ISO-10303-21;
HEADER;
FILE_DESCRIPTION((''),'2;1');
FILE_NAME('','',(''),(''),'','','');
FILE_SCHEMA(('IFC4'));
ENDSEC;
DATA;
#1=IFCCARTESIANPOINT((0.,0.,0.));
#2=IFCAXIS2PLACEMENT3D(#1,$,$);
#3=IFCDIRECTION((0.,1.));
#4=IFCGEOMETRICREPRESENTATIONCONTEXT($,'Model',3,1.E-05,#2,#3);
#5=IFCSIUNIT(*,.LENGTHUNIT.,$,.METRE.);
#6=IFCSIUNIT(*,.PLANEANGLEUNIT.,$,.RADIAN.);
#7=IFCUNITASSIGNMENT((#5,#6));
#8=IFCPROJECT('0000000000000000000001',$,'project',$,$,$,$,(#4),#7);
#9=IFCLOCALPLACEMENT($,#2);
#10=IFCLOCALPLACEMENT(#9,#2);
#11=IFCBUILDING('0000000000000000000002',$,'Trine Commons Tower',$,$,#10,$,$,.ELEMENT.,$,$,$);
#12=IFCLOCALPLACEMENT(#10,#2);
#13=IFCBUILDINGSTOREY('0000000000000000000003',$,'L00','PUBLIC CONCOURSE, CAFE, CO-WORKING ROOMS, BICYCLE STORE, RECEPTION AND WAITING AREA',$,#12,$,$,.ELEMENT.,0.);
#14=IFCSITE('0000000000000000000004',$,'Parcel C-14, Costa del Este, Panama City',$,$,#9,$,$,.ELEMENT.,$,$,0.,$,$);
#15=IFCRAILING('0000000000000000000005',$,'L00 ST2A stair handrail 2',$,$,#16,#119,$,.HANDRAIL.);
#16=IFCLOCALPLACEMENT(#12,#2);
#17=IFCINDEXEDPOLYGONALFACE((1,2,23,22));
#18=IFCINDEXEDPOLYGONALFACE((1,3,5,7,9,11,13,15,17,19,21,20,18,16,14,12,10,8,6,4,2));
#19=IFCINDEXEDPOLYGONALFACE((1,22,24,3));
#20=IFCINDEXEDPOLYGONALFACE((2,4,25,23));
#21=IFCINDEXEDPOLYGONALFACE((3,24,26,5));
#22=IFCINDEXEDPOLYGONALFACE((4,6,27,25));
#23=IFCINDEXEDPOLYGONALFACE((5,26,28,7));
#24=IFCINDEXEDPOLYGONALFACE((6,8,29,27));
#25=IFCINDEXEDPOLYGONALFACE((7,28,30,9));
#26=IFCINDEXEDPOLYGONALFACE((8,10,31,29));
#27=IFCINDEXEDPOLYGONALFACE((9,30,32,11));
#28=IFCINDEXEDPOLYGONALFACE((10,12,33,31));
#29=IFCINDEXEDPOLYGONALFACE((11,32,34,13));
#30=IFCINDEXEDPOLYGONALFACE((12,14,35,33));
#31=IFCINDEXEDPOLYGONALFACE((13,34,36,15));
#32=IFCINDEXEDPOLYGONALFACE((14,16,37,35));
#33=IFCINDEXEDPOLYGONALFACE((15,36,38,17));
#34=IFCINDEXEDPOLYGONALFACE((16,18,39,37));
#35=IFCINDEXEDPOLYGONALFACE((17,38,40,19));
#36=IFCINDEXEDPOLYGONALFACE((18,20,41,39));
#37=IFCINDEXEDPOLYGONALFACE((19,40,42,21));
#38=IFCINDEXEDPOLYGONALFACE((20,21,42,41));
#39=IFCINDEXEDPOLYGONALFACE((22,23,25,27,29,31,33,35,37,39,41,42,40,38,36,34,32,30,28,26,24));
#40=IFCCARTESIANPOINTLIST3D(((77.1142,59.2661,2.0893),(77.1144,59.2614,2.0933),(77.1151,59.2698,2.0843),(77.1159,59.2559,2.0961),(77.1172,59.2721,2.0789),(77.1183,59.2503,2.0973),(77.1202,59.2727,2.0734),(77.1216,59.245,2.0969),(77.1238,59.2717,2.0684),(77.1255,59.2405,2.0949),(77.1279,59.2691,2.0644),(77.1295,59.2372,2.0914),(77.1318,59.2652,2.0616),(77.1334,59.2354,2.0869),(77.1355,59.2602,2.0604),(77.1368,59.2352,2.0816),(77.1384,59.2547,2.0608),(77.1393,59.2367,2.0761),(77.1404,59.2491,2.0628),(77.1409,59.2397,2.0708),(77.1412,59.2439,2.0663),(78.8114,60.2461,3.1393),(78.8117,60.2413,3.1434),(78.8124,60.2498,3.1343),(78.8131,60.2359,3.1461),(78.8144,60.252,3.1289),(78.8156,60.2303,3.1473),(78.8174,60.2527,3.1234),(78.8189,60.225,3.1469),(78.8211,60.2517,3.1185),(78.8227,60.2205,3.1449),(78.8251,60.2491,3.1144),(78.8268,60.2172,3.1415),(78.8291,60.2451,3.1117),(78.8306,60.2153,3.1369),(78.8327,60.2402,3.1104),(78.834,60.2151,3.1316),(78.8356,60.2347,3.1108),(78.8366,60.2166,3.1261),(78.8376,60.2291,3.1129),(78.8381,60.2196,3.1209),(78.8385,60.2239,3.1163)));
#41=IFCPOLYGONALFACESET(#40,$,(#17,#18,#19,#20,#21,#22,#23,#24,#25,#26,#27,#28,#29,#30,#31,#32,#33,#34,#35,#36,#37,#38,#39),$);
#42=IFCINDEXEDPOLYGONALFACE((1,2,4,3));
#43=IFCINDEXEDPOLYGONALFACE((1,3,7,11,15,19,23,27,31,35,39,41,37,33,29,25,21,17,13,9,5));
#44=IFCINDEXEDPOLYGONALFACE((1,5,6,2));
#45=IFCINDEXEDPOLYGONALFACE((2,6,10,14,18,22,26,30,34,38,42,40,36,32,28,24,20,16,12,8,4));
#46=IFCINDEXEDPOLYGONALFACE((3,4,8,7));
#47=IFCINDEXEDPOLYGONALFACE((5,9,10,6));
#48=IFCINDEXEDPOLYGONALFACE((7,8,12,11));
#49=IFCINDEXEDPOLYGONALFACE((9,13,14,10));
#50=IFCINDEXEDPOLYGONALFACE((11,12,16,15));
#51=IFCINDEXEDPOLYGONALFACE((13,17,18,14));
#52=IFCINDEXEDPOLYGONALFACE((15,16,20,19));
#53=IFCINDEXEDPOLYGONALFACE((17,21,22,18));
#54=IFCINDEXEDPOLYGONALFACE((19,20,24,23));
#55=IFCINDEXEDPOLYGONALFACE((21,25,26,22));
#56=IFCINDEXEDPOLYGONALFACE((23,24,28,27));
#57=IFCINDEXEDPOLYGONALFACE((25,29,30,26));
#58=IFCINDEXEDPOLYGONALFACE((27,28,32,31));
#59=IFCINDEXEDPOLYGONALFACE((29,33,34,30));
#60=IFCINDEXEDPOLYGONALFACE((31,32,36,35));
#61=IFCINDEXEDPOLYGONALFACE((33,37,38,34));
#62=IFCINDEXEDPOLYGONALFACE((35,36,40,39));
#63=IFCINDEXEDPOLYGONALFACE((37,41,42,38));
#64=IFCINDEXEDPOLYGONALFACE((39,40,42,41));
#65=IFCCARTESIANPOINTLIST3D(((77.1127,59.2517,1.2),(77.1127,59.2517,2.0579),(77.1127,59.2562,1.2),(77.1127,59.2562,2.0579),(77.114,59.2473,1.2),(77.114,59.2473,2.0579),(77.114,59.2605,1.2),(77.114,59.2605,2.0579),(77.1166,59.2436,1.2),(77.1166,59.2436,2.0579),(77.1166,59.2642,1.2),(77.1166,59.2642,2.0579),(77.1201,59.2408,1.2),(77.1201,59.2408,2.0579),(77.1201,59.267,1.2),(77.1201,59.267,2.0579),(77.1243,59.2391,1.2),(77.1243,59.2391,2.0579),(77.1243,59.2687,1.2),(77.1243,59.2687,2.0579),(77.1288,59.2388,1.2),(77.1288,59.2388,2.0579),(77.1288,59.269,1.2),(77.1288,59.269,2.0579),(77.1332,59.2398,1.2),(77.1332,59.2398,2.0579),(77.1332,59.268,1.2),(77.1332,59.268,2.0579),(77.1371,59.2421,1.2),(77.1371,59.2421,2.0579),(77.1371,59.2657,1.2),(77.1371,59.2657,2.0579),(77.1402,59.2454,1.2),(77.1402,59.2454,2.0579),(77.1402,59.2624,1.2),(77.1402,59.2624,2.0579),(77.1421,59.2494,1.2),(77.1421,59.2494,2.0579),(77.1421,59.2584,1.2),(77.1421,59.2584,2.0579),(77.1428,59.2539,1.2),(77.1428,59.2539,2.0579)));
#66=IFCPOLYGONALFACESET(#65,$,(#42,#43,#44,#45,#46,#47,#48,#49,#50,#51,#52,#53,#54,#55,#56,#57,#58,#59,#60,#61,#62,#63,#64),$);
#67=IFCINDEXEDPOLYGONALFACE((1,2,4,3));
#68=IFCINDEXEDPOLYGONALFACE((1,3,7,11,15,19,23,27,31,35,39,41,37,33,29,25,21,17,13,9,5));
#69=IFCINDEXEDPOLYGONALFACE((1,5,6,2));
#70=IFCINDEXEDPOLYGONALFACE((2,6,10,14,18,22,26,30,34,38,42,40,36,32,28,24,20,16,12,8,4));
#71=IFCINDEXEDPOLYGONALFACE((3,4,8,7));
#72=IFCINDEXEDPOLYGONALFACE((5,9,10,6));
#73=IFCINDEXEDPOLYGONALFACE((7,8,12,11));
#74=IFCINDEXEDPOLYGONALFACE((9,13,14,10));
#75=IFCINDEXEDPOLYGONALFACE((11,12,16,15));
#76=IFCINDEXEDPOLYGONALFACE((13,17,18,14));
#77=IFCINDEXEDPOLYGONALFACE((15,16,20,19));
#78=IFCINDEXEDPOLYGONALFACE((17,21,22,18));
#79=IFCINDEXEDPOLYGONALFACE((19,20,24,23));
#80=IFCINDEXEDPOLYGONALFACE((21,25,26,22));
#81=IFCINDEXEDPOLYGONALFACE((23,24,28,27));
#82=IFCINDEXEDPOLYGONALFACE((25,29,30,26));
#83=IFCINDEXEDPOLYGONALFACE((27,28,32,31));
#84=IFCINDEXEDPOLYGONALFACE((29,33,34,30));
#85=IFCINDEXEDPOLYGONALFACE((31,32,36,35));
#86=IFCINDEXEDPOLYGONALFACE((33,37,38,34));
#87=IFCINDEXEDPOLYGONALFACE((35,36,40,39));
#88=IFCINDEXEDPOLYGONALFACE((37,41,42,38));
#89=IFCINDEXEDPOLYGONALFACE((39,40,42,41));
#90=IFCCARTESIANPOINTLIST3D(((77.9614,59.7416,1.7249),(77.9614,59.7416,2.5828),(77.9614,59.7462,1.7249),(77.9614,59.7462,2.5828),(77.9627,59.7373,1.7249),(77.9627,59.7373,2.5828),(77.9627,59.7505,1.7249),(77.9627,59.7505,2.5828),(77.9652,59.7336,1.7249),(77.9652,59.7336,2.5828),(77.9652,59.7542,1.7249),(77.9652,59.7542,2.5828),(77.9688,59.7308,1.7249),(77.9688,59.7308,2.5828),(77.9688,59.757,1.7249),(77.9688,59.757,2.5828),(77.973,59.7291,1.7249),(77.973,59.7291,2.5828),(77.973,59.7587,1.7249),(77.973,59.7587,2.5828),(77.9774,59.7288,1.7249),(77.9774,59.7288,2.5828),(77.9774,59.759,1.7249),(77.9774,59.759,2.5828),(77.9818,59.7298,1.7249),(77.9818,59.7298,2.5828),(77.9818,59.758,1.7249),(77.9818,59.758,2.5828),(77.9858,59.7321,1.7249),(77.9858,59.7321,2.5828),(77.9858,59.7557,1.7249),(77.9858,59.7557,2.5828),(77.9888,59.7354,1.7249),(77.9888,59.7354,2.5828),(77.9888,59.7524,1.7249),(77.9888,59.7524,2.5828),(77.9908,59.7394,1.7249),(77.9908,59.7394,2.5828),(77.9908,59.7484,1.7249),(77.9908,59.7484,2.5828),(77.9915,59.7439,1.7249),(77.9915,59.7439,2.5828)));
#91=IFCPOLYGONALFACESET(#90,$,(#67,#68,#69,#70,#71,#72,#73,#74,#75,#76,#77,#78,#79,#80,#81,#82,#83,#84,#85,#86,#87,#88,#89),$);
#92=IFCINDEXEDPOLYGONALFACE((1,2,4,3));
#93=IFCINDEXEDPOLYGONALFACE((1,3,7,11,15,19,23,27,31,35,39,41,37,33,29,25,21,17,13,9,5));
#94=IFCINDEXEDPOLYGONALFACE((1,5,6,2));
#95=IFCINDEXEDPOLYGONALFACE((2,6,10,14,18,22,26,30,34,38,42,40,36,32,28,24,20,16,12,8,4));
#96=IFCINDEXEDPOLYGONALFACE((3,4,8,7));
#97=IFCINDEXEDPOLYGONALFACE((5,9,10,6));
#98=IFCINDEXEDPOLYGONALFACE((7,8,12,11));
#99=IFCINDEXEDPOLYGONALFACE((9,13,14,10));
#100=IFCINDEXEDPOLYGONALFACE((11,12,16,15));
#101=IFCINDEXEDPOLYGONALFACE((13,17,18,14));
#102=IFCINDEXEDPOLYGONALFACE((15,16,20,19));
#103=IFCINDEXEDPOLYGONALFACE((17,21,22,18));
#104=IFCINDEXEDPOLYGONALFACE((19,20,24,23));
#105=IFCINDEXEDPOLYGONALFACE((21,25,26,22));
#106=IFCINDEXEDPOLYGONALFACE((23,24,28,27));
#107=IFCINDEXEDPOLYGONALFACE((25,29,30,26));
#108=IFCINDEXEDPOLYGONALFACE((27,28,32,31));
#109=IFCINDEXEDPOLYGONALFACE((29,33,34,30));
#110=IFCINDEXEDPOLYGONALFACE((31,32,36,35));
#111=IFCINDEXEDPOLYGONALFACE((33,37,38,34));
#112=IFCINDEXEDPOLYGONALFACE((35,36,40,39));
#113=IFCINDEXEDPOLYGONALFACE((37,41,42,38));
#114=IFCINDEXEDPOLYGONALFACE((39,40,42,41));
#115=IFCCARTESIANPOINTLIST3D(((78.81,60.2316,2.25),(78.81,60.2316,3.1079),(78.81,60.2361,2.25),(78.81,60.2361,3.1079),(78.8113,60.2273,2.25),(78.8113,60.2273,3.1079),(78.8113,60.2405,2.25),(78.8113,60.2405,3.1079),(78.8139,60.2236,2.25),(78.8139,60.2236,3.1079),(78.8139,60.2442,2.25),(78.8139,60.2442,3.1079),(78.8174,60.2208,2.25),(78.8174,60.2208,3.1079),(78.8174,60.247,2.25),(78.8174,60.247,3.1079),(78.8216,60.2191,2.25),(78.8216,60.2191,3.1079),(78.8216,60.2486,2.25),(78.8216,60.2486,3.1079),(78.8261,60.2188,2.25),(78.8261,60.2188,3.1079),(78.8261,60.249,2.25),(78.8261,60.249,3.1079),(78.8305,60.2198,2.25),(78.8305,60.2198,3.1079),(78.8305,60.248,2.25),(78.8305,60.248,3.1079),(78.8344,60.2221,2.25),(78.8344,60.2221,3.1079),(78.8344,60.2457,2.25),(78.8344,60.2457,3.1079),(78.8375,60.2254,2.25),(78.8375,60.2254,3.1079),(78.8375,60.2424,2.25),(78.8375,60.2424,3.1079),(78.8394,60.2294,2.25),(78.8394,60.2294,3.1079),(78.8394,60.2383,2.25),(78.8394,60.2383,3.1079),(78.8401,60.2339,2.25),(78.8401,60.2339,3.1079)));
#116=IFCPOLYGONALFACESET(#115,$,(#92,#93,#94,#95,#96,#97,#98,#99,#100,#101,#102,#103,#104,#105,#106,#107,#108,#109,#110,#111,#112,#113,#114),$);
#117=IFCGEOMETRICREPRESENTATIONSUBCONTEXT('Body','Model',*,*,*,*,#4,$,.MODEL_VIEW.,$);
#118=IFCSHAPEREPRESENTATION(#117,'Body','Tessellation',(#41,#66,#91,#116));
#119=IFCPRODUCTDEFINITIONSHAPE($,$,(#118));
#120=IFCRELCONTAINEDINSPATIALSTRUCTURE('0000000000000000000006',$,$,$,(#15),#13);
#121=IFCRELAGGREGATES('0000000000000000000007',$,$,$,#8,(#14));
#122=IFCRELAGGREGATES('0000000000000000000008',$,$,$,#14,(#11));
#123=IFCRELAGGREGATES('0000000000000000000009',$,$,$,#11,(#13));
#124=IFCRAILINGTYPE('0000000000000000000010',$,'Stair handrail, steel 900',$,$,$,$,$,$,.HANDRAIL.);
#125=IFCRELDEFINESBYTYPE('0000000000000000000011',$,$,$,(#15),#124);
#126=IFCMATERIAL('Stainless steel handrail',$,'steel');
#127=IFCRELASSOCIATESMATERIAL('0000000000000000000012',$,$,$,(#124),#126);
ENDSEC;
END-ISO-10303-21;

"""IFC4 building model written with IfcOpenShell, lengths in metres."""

from ifc_helpers import new_model, si_unit, direction, frame, origin, origin_2d, place, context, subcontext, project, spatial, circle, extrude, material, type_object, element, save


model = new_model("IFC4")

# Units and contexts
model_context = context("Model", 3, precision=1e-05, world=origin(), true_north=direction((0.0, 1.0)))
body_context = subcontext(model_context, "Body", "Model", "MODEL_VIEW")
ifc_project = project(units=[si_unit("LENGTHUNIT", "METRE"), si_unit("PLANEANGLEUNIT", "RADIAN")], contexts=[model_context])

# Site, building, storey
site_placement = place(None, origin())
site = spatial("IfcSite", under=ifc_project, at=site_placement, Name="Parcel C-14, Costa del Este, Panama City", CompositionType="ELEMENT", RefElevation=0.0)
building_placement = place(site_placement, origin())
building = spatial("IfcBuilding", under=site, at=building_placement, Name="Trine Commons Tower", CompositionType="ELEMENT")
storey_placement = place(building_placement, origin())
storey = spatial("IfcBuildingStorey", under=building, at=storey_placement, Name="L00", Description="PUBLIC CONCOURSE, CAFE, CO-WORKING ROOMS, BICYCLE STORE, RECEPTION AND WAITING AREA", CompositionType="ELEMENT", Elevation=0.0)

# Railing
ifc_material_1 = material(Name="Stainless steel handrail", Category="steel")
railing_type = type_object("IfcRailingType", Name="Stair handrail, steel 900", PredefinedType="HANDRAIL", material=ifc_material_1)
railing_1_placement = place(storey_placement, frame((77.1277, 59.2539, 1.2)))
element("IfcRailing", 1, at=railing_1_placement, inside=storey, type_object=railing_type, Name="L00 ST2A stair handrail 2", PredefinedType="HANDRAIL", context=body_context, shape_type="SweptSolid", body=[
    extrude(circle(Radius=0.021, at=origin_2d()), frame((0.0, 0.0, 0.8789), z_axis=(0.763352, 0.44075, 0.472264), x_axis=(-0.500024, 0.866011, 0.0)), (0.0, 0.0, 1.0), 2.2234),
    extrude(circle(Radius=0.0151, at=origin_2d()), origin(), (0.0, 0.0, 1.0), 0.8579),
    extrude(circle(Radius=0.0151, at=origin_2d()), frame((0.8486, 0.49, 0.5249)), (0.0, 0.0, 1.0), 0.8579),
    extrude(circle(Radius=0.0151, at=origin_2d()), frame((1.6973, 0.98, 1.05)), (0.0, 0.0, 1.0), 0.8579),
])

save(model, "model.ifc")
